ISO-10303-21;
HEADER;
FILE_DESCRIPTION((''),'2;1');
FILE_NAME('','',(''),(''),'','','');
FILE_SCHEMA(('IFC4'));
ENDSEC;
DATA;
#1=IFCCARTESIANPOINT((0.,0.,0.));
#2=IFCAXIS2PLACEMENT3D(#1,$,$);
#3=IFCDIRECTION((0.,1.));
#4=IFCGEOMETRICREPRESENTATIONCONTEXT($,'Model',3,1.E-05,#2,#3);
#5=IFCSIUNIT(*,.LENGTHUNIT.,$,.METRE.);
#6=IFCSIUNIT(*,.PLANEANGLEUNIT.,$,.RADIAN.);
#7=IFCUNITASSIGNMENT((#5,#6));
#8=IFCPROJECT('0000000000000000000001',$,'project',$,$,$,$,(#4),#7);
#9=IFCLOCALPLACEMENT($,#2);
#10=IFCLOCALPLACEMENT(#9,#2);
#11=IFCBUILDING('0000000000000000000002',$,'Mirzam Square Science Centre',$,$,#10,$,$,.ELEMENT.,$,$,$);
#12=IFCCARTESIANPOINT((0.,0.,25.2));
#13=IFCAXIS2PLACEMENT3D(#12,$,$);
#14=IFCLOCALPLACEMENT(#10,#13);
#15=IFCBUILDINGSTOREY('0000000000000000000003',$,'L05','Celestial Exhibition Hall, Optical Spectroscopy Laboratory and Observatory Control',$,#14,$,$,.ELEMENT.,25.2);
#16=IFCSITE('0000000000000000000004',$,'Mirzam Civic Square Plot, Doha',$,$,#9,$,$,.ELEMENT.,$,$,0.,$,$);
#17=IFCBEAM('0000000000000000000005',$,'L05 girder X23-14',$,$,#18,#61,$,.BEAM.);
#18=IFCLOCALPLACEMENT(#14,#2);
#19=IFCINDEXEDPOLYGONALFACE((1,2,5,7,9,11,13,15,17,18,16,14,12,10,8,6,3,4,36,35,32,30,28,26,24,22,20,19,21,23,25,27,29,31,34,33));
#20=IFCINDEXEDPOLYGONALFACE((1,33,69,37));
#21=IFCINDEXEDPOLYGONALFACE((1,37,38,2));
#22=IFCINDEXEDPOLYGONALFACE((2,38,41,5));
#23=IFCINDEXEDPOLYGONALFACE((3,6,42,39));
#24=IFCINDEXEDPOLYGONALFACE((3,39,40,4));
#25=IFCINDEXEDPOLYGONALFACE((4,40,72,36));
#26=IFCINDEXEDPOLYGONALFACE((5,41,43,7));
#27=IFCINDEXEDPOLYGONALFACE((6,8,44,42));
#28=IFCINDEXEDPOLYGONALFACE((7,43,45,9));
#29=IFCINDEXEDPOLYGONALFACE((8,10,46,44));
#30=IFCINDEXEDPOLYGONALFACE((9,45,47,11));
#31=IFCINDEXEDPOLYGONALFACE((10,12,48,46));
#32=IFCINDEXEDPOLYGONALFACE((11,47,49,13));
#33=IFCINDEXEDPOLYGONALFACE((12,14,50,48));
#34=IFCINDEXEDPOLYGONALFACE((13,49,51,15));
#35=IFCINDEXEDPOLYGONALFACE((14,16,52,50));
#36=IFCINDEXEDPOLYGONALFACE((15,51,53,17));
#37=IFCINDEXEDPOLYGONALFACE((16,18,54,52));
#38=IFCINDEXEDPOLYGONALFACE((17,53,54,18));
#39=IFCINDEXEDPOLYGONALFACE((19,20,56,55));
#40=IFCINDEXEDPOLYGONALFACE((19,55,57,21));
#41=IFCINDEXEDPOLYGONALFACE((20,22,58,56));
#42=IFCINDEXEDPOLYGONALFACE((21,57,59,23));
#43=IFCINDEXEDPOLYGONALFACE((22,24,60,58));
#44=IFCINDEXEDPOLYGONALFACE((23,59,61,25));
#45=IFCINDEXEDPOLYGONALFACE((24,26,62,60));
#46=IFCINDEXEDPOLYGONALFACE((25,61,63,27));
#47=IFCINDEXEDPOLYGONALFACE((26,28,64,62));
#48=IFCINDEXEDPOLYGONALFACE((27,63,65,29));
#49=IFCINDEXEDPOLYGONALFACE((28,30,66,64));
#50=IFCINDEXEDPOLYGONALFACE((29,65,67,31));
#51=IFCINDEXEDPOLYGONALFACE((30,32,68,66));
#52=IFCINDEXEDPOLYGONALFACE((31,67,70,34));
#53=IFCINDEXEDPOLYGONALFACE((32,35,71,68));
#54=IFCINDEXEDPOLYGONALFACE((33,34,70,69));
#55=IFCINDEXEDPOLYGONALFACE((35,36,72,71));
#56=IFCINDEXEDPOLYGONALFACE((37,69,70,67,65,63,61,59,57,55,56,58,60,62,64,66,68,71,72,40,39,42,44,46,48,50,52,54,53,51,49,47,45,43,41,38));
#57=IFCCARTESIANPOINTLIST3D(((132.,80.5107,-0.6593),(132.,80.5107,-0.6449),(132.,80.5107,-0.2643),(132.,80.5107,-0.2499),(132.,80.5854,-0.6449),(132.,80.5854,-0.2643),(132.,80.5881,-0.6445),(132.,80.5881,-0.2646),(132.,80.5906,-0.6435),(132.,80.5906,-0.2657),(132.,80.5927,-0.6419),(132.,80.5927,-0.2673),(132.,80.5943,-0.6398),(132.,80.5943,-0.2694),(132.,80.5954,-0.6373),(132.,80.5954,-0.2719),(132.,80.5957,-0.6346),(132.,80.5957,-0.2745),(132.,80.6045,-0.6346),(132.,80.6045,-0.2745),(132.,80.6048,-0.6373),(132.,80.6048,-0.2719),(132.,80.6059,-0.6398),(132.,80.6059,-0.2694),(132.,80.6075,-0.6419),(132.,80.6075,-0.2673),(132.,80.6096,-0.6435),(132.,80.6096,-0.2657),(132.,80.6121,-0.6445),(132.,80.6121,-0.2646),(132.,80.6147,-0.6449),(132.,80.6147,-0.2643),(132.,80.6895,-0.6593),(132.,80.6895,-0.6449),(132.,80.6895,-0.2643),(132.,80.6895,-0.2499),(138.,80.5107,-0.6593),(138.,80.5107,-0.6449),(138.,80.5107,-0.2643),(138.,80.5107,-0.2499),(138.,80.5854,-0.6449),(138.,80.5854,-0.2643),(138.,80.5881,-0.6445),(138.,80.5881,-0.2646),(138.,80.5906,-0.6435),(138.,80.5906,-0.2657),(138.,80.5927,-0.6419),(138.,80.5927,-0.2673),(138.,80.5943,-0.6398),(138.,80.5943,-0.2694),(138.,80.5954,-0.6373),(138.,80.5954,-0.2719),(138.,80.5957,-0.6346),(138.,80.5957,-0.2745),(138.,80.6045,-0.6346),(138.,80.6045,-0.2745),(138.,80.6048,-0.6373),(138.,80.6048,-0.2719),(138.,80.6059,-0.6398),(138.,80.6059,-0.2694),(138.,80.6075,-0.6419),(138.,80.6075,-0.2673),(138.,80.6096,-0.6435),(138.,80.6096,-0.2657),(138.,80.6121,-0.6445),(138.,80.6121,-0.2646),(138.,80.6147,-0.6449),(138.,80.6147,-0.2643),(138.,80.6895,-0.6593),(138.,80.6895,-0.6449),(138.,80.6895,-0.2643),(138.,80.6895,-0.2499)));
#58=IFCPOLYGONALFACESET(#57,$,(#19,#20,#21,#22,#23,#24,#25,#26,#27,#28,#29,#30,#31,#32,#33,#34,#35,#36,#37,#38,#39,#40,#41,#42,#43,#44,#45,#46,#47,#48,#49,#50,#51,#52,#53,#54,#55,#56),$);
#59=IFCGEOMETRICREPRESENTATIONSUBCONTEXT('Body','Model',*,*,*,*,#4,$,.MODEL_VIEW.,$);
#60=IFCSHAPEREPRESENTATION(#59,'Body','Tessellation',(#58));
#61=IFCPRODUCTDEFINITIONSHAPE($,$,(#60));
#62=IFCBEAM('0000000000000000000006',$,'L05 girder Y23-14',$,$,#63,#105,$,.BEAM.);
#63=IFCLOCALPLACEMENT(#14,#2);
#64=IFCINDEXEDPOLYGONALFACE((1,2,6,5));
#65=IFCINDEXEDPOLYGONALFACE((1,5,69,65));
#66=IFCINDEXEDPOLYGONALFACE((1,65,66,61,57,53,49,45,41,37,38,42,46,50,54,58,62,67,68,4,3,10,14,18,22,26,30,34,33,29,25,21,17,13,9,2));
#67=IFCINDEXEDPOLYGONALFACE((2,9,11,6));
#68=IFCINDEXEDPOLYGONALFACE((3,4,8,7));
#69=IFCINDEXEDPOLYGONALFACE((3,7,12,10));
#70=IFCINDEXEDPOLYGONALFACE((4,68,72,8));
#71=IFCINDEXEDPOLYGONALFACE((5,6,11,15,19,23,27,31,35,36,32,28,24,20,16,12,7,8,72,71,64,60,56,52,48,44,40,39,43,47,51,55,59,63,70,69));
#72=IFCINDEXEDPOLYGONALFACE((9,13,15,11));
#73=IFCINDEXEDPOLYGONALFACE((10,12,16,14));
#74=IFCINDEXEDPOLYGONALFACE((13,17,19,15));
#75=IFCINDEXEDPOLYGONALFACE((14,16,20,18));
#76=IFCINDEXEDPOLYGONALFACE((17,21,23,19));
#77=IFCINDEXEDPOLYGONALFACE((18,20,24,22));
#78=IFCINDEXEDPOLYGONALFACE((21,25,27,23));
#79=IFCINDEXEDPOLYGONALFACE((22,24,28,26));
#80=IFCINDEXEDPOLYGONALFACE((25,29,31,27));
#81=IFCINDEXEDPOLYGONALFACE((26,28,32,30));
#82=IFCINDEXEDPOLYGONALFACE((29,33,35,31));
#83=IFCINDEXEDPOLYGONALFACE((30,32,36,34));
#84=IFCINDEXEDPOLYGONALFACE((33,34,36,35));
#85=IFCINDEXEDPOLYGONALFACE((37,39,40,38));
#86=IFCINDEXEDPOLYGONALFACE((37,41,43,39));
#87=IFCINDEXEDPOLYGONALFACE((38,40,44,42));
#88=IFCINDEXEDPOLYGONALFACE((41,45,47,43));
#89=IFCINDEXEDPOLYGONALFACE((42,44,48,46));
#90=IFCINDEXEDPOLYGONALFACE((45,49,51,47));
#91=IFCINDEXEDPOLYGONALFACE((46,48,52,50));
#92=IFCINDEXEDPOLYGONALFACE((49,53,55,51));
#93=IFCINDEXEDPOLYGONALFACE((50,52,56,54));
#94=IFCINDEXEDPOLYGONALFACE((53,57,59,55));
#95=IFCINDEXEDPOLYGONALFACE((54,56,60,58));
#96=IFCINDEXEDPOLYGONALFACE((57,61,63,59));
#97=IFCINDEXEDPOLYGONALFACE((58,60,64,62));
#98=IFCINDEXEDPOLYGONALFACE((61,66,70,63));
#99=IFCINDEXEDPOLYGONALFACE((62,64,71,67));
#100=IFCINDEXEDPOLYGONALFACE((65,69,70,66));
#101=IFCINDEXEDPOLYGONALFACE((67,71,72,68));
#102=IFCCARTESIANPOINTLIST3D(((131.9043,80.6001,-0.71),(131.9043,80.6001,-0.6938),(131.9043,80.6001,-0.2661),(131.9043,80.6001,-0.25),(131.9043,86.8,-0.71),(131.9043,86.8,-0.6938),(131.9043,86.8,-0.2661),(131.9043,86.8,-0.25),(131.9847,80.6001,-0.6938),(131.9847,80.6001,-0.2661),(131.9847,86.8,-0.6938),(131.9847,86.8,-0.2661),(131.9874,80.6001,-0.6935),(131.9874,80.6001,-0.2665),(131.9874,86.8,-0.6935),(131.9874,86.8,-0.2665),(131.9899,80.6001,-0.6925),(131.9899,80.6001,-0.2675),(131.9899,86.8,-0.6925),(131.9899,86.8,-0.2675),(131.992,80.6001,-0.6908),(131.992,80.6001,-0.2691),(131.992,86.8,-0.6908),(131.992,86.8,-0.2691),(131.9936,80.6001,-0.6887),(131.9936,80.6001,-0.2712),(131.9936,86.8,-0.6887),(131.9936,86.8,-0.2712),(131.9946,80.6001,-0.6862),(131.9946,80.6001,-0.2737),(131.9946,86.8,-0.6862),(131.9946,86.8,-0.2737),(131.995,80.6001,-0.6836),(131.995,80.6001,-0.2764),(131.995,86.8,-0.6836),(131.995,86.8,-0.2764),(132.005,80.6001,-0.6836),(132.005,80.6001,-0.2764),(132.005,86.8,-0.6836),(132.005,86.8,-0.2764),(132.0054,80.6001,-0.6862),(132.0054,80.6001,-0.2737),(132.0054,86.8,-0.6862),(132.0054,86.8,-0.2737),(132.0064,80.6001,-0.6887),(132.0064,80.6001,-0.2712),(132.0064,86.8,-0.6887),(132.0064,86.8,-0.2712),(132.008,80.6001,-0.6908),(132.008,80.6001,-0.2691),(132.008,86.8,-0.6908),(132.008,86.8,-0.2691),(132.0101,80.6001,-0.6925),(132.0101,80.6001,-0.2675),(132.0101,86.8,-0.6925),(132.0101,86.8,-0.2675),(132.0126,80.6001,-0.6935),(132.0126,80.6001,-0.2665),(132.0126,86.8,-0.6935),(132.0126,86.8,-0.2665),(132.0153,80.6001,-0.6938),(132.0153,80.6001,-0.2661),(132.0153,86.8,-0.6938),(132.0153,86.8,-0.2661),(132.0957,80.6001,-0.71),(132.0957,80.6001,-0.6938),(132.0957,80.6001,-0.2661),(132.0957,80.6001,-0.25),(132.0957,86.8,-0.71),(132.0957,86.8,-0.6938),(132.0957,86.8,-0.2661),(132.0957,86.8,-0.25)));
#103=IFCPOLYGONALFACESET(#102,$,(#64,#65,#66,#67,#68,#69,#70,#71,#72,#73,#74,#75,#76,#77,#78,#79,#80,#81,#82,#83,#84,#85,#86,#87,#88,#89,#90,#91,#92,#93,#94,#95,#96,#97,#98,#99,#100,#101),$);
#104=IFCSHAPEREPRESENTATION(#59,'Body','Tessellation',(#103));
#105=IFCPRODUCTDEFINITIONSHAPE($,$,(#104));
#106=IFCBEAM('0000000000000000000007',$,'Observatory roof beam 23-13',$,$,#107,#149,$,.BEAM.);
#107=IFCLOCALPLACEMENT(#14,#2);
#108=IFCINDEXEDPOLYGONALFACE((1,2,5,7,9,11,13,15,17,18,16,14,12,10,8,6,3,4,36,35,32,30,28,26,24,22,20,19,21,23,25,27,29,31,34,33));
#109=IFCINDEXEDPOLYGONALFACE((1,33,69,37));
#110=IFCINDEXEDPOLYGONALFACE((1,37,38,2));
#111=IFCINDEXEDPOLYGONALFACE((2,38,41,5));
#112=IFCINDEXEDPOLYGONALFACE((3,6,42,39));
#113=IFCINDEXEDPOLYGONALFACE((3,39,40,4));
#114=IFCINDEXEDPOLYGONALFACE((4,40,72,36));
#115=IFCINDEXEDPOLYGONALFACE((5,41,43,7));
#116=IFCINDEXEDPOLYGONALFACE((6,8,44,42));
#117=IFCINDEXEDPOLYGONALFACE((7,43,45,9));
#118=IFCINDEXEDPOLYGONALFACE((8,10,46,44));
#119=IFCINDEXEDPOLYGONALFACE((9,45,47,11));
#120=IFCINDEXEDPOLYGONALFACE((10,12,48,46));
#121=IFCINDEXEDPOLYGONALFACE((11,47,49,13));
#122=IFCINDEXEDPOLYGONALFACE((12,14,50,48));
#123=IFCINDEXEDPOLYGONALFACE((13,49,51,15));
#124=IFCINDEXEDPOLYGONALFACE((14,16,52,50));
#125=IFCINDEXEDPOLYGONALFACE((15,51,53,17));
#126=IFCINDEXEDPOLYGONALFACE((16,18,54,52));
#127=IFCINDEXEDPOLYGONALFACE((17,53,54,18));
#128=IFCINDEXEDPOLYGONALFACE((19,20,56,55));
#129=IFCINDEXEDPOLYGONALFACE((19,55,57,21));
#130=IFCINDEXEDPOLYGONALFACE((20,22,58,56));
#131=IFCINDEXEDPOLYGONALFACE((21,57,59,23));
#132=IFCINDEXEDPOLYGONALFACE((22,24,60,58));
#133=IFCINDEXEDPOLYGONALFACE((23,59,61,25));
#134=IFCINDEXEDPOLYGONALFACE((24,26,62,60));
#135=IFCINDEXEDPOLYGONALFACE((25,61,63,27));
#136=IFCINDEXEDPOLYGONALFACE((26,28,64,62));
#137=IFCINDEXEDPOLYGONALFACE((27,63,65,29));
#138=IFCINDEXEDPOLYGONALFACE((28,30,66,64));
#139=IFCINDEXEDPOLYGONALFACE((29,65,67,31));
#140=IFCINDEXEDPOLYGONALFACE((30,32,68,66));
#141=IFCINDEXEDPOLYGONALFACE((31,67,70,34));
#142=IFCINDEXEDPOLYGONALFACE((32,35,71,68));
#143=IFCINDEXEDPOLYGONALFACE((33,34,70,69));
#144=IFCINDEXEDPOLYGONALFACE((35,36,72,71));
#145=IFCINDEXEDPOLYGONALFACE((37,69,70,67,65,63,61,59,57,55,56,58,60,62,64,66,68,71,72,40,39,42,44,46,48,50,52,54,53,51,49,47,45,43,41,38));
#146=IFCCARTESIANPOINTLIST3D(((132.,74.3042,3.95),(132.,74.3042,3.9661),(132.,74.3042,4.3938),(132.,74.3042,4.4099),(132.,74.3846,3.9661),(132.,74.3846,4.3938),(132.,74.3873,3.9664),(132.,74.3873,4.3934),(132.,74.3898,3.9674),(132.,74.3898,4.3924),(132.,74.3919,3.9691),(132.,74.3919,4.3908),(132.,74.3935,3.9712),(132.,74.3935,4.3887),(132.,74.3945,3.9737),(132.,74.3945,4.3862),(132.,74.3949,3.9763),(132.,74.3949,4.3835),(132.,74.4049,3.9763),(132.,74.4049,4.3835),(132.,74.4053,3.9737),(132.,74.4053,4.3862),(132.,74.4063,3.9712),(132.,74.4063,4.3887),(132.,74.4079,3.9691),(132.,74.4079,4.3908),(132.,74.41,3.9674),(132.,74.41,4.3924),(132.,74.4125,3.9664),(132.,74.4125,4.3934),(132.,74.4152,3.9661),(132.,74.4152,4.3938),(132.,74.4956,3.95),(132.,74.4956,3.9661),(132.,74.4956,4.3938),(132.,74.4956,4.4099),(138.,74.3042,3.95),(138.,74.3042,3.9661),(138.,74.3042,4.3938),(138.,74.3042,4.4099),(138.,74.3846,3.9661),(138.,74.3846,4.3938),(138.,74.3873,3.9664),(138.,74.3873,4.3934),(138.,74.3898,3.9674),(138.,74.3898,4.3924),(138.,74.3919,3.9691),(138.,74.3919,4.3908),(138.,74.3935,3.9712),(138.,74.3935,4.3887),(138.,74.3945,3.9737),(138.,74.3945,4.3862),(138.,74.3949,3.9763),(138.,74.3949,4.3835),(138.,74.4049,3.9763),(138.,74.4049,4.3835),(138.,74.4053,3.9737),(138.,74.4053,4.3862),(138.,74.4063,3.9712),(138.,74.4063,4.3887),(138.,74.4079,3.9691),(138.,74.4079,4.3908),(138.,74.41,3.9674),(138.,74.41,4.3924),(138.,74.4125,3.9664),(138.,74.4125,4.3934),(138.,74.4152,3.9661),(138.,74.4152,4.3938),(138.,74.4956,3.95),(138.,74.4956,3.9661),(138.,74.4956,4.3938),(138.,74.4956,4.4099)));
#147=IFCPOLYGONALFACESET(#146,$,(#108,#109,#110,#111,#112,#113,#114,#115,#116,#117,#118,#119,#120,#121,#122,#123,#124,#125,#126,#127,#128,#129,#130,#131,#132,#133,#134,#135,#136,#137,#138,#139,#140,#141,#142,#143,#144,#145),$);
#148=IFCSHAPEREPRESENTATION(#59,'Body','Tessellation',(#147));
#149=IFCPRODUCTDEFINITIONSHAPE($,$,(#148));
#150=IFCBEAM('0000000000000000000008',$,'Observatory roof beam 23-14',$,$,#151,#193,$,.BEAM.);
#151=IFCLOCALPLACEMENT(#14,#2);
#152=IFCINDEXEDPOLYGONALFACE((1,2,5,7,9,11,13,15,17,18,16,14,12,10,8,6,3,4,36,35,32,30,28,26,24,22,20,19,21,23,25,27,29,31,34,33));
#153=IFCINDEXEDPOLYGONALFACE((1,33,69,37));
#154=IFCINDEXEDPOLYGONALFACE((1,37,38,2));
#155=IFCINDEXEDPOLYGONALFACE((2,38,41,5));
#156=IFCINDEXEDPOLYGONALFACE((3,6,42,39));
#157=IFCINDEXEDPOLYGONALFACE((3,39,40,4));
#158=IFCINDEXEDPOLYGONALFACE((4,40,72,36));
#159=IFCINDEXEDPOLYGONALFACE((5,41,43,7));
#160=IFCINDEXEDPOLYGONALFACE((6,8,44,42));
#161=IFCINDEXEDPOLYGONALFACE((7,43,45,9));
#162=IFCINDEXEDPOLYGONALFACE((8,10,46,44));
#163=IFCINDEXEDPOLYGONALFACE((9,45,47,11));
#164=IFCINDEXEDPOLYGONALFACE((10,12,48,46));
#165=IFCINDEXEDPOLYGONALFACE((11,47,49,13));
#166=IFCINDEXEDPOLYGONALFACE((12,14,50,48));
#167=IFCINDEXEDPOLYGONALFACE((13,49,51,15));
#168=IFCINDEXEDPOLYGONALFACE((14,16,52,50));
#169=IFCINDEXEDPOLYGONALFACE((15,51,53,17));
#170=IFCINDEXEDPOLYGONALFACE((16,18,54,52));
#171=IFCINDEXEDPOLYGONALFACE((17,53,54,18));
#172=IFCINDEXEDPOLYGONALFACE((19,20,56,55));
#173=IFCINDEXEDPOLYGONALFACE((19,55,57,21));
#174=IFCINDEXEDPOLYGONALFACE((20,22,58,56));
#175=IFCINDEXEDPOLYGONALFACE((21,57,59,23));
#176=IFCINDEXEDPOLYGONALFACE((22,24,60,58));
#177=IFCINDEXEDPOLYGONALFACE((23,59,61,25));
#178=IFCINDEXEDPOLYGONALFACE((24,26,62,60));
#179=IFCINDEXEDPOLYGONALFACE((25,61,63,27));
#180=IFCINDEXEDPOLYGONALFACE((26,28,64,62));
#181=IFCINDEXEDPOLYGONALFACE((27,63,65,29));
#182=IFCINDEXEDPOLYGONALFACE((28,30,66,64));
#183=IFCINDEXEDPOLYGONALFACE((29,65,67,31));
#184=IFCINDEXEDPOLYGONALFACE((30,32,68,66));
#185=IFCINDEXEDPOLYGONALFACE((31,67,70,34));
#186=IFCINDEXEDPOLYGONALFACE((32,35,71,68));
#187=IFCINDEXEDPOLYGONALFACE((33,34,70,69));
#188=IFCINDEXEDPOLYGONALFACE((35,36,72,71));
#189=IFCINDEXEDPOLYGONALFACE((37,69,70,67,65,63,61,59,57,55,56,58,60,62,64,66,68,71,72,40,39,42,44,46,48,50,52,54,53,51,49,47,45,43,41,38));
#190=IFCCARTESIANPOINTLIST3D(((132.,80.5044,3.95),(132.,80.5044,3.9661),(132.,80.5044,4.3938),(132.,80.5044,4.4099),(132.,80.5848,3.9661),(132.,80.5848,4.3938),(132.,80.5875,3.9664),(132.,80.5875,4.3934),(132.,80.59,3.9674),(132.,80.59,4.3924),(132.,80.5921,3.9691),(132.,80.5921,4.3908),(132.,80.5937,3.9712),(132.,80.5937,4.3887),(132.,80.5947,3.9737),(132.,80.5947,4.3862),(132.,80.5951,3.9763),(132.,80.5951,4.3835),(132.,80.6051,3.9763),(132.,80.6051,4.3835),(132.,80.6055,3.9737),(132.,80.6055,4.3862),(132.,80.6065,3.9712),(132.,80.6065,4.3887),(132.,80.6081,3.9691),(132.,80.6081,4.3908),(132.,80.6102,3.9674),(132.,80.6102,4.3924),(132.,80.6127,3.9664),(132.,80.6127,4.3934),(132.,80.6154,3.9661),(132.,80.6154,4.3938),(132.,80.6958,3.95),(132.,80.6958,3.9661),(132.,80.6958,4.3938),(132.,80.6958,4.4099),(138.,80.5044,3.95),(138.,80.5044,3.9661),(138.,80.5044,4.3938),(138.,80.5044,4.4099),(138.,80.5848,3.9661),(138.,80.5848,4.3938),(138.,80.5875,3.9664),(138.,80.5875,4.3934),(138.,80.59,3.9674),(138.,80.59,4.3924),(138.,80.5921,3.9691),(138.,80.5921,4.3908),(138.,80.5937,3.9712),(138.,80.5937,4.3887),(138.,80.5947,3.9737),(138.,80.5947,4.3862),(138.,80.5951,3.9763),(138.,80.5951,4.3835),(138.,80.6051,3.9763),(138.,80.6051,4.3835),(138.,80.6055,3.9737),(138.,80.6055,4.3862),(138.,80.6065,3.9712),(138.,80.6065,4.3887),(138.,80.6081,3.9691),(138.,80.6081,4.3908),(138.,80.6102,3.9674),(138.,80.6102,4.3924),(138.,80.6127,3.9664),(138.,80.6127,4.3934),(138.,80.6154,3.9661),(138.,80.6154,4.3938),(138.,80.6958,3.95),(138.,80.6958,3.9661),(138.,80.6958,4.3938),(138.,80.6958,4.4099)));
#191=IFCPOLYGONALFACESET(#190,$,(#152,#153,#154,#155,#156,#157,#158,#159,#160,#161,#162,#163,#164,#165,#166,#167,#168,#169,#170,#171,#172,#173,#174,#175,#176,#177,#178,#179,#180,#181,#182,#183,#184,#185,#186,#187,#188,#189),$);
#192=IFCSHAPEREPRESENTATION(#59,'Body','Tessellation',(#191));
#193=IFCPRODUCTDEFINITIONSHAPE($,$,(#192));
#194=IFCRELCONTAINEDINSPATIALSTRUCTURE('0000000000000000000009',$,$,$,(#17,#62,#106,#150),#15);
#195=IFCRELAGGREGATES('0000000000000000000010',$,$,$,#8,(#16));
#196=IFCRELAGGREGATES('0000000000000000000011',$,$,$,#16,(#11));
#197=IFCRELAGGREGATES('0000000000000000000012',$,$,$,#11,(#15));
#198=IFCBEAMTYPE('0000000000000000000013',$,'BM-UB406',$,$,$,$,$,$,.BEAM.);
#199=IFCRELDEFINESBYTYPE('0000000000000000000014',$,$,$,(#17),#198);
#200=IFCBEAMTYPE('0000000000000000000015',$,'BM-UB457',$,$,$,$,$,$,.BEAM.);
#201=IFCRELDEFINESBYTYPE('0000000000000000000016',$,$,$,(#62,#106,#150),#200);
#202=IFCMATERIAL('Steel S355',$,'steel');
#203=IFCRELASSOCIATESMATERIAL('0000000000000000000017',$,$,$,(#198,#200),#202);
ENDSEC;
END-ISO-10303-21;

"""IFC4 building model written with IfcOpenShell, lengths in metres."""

from ifc_helpers import new_model, si_unit, direction, frame, origin, origin_2d, place, context, subcontext, project, spatial, i_section, extrude, material, material_profile, profile_set, type_object, element, save


model = new_model("IFC4")

# Units and contexts
model_context = context("Model", 3, precision=1e-05, world=origin(), true_north=direction((0.0, 1.0)))
body_context = subcontext(model_context, "Body", "Model", "MODEL_VIEW")
ifc_project = project(units=[si_unit("LENGTHUNIT", "METRE"), si_unit("PLANEANGLEUNIT", "RADIAN")], contexts=[model_context])

# Site, building, storey
site_placement = place(None, origin())
site = spatial("IfcSite", under=ifc_project, at=site_placement, Name="Mirzam Civic Square Plot, Doha", CompositionType="ELEMENT", RefElevation=0.0)
building_placement = place(site_placement, origin())
building = spatial("IfcBuilding", under=site, at=building_placement, Name="Mirzam Square Science Centre", CompositionType="ELEMENT")
storey_placement = place(building_placement, frame((0.0, 0.0, 25.2)))
storey = spatial("IfcBuildingStorey", under=building, at=storey_placement, Name="L05", Description="Celestial Exhibition Hall, Optical Spectroscopy Laboratory and Observatory Control", CompositionType="ELEMENT", Elevation=25.2)

# Shared definitions
ifc_material_1 = material(Name="Steel S355", Category="steel")

# Beams
ifc_material_profile_1 = material_profile(ifc_material_1, i_section(OverallWidth=0.1787, OverallDepth=0.4094, WebThickness=0.0088, FlangeThickness=0.0144, FilletRadius=0.0103, at=origin_2d()), Name="406x178x67UB")
ifc_profile_set_1 = profile_set([ifc_material_profile_1], Name="Steel S355")
beam_type_1 = type_object("IfcBeamType", Name="BM-UB406", PredefinedType="BEAM", material=ifc_profile_set_1)
beam_1_placement = place(storey_placement, frame((132.0, 80.6001, -0.4546), z_axis=(1.0, 0.0, 0.0), x_axis=(0.0, 1.0, 0.0)))
element("IfcBeam", 1, at=beam_1_placement, inside=storey, type_object=beam_type_1, Name="L05 girder X23-14", PredefinedType="BEAM", context=body_context, shape_type="SweptSolid", body=[
    extrude(i_section(OverallWidth=0.1787, OverallDepth=0.4094, WebThickness=0.0088, FlangeThickness=0.0144, FilletRadius=0.0103, at=origin_2d()), origin(), (0.0, 0.0, 1.0), 6.0),
])
ifc_material_profile_2 = material_profile(ifc_material_1, i_section(OverallWidth=0.1914, OverallDepth=0.46, WebThickness=0.01, FlangeThickness=0.0161, FilletRadius=0.0103, at=origin_2d()), Name="457x191x82UB")
ifc_profile_set_2 = profile_set([ifc_material_profile_2], Name="Steel S355")
beam_type_2 = type_object("IfcBeamType", Name="BM-UB457", PredefinedType="BEAM", material=ifc_profile_set_2)
beam_2_placement = place(storey_placement, frame((132.0, 80.6001, -0.48), z_axis=(0.0, 1.0, 0.0), x_axis=(-1.0, 0.0, 0.0)))
element("IfcBeam", 2, at=beam_2_placement, inside=storey, type_object=beam_type_2, Name="L05 girder Y23-14", PredefinedType="BEAM", context=body_context, shape_type="SweptSolid", body=[
    extrude(i_section(OverallWidth=0.1914, OverallDepth=0.46, WebThickness=0.01, FlangeThickness=0.0161, FilletRadius=0.0103, at=origin_2d()), origin(), (0.0, 0.0, 1.0), 6.2),
])
for number, where, z_axis, x_axis, name in (
    (3, (132.0, 74.3999, 4.1799), (1.0, 0.0, 0.0), (0.0, 1.0, 0.0), "Observatory roof beam 23-13"),
    (4, (132.0, 80.6001, 4.1799), (1.0, 0.0, 0.0), (0.0, 1.0, 0.0), "Observatory roof beam 23-14"),
):
    element("IfcBeam", number, at=place(storey_placement, frame(where, z_axis=z_axis, x_axis=x_axis)), inside=storey, type_object=beam_type_2, Name=name, PredefinedType="BEAM", context=body_context, shape_type="SweptSolid", body=[
        extrude(i_section(OverallWidth=0.1914, OverallDepth=0.46, WebThickness=0.01, FlangeThickness=0.0161, FilletRadius=0.0103, at=origin_2d()), origin(), (0.0, 0.0, 1.0), 6.0),
    ])

save(model, "model.ifc")
